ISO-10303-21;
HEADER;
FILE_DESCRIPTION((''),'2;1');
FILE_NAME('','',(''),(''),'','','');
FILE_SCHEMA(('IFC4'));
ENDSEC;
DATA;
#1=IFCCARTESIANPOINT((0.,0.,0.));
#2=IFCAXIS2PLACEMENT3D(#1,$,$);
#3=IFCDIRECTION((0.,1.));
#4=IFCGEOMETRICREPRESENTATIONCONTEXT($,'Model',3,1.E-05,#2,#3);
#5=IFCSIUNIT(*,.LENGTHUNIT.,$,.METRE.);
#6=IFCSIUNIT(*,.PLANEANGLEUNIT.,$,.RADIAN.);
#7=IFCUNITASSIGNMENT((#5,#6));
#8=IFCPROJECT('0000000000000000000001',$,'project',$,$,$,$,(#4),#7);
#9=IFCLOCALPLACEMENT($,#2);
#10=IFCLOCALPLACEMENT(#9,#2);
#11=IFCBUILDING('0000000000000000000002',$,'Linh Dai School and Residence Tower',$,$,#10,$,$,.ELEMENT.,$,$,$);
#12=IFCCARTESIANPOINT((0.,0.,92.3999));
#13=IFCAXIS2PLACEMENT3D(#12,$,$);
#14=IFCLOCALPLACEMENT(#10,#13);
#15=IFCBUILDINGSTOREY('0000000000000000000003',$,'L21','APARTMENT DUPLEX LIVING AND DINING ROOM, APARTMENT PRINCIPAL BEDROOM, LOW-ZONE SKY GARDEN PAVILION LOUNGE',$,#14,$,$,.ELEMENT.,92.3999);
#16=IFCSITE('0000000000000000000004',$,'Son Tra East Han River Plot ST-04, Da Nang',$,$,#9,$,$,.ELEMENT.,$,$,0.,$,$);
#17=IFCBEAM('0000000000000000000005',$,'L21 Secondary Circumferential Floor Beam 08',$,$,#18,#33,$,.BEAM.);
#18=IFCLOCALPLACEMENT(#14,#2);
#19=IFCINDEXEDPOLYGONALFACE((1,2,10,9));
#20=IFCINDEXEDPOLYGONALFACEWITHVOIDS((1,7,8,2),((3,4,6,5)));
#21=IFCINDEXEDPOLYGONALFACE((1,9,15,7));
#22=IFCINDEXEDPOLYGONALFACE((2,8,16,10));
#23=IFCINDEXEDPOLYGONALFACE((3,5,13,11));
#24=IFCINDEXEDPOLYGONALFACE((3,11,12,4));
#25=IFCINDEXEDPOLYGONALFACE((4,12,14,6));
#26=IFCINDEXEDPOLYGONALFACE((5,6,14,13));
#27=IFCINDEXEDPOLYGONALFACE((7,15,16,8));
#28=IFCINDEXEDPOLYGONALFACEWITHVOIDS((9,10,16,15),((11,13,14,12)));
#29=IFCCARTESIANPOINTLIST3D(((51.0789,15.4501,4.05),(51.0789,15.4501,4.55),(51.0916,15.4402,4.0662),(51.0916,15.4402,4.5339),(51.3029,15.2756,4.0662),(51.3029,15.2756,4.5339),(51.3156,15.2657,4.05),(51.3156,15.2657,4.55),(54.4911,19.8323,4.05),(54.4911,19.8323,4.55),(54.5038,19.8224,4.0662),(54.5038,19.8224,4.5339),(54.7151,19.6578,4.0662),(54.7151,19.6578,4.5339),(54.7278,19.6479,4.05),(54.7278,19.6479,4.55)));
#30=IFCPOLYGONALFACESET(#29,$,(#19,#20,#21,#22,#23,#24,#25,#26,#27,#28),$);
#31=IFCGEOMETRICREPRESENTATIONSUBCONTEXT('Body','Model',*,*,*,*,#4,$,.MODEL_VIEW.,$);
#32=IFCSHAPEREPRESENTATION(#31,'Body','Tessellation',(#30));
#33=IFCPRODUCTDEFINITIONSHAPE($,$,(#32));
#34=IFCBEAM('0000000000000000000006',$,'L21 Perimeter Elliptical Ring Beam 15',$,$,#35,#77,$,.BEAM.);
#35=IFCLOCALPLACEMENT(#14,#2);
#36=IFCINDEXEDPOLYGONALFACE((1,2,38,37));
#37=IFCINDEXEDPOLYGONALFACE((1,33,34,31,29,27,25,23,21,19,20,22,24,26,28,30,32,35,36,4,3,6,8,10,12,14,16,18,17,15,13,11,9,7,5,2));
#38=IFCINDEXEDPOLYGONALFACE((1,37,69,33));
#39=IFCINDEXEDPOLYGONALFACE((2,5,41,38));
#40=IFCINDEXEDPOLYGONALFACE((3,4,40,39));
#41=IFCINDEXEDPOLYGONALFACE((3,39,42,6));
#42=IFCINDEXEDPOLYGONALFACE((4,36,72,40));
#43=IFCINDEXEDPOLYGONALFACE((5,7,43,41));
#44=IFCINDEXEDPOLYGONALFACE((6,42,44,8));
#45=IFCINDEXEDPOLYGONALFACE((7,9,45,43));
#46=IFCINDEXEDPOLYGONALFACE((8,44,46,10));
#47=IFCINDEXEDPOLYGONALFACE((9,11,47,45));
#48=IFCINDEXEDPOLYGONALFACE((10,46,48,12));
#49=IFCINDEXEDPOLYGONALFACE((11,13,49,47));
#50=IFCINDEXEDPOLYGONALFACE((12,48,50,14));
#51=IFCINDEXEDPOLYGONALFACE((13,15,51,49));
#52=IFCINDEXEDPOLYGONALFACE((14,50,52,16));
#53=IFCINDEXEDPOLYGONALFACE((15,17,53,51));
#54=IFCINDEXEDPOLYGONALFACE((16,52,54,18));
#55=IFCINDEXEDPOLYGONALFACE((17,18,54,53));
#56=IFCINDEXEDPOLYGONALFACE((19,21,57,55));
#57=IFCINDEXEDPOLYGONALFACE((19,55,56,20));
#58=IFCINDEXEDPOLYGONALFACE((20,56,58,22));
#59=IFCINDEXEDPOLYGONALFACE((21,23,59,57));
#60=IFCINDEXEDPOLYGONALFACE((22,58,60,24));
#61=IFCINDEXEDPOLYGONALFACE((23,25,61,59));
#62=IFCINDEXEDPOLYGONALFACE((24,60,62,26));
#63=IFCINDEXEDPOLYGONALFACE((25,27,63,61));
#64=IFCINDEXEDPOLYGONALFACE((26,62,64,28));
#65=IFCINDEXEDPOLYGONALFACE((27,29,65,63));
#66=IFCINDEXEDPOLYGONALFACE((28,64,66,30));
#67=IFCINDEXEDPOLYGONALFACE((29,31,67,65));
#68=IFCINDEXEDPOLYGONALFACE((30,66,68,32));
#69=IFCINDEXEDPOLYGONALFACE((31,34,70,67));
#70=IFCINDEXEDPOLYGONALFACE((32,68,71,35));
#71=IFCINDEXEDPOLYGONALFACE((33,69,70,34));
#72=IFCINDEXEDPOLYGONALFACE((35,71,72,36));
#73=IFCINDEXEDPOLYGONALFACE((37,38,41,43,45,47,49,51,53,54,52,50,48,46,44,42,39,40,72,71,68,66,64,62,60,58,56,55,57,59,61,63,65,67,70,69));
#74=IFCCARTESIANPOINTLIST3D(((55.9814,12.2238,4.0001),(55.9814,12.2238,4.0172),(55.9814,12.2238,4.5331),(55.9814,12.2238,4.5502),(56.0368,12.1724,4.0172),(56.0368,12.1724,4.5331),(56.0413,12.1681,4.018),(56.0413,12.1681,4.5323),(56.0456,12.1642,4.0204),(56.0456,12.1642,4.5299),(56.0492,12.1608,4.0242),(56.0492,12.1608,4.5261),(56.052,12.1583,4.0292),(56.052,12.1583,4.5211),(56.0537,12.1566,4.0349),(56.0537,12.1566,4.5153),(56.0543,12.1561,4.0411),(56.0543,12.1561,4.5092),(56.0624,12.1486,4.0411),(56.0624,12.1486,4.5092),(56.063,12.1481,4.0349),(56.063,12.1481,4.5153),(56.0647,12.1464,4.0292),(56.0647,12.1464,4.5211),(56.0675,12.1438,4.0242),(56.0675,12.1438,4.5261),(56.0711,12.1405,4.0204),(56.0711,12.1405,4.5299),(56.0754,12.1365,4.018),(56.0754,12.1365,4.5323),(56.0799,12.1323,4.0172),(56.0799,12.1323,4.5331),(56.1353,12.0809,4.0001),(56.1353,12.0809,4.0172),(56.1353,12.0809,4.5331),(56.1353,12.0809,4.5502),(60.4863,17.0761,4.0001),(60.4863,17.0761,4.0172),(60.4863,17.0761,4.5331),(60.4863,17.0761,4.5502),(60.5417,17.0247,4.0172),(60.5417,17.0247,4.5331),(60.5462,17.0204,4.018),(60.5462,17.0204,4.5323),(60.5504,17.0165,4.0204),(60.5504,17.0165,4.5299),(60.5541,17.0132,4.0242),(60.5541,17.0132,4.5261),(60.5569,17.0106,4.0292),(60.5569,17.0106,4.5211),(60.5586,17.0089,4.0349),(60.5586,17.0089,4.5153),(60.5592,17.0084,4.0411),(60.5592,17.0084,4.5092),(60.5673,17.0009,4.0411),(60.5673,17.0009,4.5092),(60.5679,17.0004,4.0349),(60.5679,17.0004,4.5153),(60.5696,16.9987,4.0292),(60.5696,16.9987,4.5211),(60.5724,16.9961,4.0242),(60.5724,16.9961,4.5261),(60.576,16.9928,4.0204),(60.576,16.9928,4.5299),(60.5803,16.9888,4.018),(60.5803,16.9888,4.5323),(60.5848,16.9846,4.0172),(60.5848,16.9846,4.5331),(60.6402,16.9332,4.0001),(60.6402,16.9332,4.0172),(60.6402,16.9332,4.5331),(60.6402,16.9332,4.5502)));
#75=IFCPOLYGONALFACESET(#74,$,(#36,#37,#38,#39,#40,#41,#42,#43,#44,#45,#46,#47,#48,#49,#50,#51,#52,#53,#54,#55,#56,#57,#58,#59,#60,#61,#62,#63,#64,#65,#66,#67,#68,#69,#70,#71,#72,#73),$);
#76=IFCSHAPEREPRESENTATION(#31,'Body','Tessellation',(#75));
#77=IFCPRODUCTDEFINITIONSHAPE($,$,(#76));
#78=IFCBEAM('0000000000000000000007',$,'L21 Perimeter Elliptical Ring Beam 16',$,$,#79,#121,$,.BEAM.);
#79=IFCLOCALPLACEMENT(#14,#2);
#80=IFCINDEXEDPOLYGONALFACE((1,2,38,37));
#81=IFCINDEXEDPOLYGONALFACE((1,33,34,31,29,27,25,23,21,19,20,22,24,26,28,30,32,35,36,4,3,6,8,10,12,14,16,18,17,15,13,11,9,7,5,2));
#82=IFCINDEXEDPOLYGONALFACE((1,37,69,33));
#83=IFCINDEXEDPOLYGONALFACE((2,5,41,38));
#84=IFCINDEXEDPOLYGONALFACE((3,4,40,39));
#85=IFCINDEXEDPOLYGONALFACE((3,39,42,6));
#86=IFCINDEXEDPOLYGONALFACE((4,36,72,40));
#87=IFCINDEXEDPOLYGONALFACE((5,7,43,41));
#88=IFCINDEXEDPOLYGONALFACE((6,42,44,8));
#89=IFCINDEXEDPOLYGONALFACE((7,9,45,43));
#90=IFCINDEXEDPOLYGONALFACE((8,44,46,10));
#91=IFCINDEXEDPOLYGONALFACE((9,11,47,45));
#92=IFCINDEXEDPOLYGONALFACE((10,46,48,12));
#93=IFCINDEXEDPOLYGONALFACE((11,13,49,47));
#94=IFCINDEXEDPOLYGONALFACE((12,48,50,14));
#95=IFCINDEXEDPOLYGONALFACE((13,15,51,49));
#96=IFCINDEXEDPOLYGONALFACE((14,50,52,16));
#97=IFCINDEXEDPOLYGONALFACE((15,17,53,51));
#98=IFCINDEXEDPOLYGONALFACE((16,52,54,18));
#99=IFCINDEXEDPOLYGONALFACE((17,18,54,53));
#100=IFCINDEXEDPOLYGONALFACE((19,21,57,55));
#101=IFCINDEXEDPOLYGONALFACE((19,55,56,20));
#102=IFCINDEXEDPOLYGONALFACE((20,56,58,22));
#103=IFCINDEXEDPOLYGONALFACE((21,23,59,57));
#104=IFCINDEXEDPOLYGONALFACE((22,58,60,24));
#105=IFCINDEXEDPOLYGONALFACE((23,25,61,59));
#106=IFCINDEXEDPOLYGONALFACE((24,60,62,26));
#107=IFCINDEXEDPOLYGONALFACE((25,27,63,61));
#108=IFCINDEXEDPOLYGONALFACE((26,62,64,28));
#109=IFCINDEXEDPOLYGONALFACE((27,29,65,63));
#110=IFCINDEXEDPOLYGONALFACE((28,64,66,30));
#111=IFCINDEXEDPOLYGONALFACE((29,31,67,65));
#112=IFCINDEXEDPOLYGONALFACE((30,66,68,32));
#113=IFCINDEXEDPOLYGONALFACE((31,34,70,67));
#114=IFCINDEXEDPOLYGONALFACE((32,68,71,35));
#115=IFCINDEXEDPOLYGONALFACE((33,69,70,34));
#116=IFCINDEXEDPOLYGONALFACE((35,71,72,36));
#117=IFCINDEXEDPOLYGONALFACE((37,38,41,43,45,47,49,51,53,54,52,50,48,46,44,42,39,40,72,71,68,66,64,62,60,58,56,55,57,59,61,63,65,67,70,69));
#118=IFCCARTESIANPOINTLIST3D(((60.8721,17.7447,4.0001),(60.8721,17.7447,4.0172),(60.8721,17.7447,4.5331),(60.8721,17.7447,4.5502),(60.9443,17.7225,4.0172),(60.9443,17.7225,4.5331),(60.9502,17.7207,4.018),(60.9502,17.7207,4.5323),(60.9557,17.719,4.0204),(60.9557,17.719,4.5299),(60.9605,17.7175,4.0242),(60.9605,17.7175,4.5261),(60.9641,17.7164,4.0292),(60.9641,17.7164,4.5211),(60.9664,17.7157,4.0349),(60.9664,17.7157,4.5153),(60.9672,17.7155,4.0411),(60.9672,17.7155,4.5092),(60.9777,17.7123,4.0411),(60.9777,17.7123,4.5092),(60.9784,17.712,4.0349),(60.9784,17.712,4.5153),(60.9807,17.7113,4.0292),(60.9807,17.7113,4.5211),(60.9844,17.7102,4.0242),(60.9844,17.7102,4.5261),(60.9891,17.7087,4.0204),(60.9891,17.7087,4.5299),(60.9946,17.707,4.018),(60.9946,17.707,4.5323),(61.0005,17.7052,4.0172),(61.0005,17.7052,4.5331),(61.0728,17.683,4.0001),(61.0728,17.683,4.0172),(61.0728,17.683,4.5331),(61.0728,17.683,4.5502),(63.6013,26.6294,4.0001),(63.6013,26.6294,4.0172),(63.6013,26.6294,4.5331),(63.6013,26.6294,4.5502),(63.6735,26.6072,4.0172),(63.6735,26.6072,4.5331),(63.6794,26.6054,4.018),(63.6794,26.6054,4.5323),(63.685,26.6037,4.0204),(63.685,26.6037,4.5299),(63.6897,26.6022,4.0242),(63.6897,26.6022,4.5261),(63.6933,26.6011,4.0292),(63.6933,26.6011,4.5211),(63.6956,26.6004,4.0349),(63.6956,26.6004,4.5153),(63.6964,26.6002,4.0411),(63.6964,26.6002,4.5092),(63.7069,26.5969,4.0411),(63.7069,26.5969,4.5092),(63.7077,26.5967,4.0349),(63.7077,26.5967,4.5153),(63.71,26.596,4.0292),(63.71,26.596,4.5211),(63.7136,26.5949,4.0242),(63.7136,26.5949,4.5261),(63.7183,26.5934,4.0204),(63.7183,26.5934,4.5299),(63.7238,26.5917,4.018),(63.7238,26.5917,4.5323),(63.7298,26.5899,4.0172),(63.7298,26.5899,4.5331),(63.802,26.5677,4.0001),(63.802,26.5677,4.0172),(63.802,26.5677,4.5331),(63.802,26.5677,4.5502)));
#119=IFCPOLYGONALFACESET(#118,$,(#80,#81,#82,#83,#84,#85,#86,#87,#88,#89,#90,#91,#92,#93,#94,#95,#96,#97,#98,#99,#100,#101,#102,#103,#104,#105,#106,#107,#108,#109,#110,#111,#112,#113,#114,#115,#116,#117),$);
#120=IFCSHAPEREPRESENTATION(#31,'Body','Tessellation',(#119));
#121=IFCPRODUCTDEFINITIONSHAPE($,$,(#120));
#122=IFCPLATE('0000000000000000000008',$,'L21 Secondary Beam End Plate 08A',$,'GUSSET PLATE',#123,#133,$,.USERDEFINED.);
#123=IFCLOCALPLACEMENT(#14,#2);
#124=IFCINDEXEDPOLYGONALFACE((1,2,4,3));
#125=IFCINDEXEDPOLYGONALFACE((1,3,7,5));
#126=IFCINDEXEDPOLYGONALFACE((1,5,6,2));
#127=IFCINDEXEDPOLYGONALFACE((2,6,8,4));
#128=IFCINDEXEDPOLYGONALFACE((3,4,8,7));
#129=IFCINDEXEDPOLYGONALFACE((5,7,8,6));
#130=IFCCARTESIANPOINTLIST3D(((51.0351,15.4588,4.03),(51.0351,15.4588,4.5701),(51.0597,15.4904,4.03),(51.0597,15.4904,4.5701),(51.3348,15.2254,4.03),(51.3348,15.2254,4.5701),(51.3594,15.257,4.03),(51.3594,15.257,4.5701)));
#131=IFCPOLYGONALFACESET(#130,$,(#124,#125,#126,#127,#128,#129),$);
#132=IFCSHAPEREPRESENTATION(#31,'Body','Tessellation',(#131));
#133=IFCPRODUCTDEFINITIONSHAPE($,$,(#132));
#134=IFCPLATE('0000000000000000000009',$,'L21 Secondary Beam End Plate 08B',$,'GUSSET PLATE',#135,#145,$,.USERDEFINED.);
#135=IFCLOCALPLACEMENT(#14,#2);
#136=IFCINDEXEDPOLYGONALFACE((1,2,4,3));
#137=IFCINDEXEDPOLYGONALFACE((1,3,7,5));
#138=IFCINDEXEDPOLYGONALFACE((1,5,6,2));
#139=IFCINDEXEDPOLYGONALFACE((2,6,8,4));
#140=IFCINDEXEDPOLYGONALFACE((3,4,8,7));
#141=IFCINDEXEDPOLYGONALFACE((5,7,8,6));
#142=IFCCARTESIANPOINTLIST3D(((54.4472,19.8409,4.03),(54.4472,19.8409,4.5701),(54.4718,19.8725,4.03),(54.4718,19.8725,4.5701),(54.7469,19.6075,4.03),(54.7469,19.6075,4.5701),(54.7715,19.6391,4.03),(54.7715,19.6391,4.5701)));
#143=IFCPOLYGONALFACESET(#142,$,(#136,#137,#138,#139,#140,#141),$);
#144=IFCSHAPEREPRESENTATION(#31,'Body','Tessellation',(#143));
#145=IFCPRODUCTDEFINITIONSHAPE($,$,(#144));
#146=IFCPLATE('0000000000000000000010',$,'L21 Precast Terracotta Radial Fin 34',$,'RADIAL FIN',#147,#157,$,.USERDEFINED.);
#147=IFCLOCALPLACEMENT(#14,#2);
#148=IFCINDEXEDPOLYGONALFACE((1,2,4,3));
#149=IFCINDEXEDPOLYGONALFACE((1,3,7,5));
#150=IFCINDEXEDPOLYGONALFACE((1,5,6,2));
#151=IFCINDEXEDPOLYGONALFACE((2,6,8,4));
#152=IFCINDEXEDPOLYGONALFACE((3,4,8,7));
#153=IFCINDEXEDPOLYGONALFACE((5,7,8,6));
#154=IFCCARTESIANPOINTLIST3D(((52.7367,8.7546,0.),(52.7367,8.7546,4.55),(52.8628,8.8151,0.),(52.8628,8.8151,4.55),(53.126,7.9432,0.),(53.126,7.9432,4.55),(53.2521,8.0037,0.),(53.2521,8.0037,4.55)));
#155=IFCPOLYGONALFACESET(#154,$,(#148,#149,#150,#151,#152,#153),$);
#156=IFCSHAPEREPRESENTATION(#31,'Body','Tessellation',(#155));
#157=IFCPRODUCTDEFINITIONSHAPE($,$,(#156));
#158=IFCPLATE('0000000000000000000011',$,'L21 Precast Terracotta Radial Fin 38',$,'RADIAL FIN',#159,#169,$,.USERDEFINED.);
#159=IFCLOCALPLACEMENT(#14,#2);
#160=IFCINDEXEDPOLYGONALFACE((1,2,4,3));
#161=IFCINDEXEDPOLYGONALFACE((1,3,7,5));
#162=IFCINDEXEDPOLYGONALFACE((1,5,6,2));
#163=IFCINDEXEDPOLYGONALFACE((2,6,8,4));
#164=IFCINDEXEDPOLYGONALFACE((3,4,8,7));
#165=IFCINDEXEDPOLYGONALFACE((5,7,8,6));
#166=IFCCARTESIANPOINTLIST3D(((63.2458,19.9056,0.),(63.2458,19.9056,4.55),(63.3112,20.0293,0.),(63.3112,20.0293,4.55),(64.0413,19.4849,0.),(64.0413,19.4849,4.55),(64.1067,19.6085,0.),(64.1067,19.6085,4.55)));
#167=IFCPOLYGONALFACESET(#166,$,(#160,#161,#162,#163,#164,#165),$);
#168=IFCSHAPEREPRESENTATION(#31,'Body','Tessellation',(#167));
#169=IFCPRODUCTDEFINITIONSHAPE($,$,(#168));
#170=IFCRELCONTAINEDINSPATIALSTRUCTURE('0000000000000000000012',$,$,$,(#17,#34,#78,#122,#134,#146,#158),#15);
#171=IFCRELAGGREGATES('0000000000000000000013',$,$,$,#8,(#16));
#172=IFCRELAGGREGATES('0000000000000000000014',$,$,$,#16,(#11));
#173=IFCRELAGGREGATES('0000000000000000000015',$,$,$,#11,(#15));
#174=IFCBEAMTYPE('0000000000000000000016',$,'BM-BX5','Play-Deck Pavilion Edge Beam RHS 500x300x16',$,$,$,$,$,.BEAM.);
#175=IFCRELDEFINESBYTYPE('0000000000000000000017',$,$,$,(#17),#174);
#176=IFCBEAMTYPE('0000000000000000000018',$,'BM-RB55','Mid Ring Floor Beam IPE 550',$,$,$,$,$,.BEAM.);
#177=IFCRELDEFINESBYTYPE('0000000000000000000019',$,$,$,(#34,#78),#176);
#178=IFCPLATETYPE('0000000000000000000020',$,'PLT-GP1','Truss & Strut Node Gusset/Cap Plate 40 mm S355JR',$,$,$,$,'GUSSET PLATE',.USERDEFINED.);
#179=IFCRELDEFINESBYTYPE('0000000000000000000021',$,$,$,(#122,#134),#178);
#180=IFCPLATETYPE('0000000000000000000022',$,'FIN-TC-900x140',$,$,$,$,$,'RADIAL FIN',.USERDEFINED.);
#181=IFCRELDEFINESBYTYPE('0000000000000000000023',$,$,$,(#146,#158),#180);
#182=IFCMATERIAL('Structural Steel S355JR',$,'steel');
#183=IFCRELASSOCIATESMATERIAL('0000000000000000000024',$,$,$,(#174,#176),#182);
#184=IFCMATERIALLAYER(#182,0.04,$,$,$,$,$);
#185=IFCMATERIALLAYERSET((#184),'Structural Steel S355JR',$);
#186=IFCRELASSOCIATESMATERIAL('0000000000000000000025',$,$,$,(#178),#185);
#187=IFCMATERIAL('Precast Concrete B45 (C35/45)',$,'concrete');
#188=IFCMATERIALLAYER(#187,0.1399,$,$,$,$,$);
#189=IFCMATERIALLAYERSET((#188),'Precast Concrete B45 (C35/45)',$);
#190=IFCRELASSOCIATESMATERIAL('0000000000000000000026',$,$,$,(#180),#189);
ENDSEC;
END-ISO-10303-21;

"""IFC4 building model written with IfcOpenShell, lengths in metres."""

from ifc_helpers import new_model, si_unit, direction, frame, origin, origin_2d, place, context, subcontext, project, spatial, rectangle, hollow_rectangle, i_section, extrude, source, transform, mapped, material, layer, layer_set, material_profile, profile_set, type_object, element, save


model = new_model("IFC4")

# Units and contexts
model_context = context("Model", 3, precision=1e-05, world=origin(), true_north=direction((0.0, 1.0)))
body_context = subcontext(model_context, "Body", "Model", "MODEL_VIEW")
ifc_project = project(units=[si_unit("LENGTHUNIT", "METRE"), si_unit("PLANEANGLEUNIT", "RADIAN")], contexts=[model_context])

# Site, building, storey
site_placement = place(None, origin())
site = spatial("IfcSite", under=ifc_project, at=site_placement, Name="Son Tra East Han River Plot ST-04, Da Nang", CompositionType="ELEMENT", RefElevation=0.0)
building_placement = place(site_placement, origin())
building = spatial("IfcBuilding", under=site, at=building_placement, Name="Linh Dai School and Residence Tower", CompositionType="ELEMENT")
storey_placement = place(building_placement, frame((0.0, 0.0, 92.3999)))
storey = spatial("IfcBuildingStorey", under=building, at=storey_placement, Name="L21", Description="APARTMENT DUPLEX LIVING AND DINING ROOM, APARTMENT PRINCIPAL BEDROOM, LOW-ZONE SKY GARDEN PAVILION LOUNGE", CompositionType="ELEMENT", Elevation=92.3999)

# Shared definitions
ifc_material_1 = material(Name="Structural Steel S355JR", Category="steel")

# Beams
ifc_material_profile_1 = material_profile(ifc_material_1, hollow_rectangle(XDim=0.3, YDim=0.5, WallThickness=0.0161, at=origin_2d()), Name="RHS 500x300x16")
ifc_profile_set_1 = profile_set([ifc_material_profile_1], Name="Structural Steel S355JR")
beam_type_1 = type_object("IfcBeamType", Name="BM-BX5", Description="Play-Deck Pavilion Edge Beam RHS 500x300x16", PredefinedType="BEAM", material=ifc_profile_set_1)
beam_1_placement = place(storey_placement, frame((51.1973, 15.3579, 4.3), z_axis=(0.61437, 0.789018, 0.0), x_axis=(-0.789018, 0.61437, 0.0)))
element("IfcBeam", 1, at=beam_1_placement, inside=storey, type_object=beam_type_1, Name="L21 Secondary Circumferential Floor Beam 08", PredefinedType="BEAM", context=body_context, shape_type="SweptSolid", body=[
    extrude(hollow_rectangle(XDim=0.3, YDim=0.5, WallThickness=0.0161, at=origin_2d()), origin(), (0.0, 0.0, 1.0), 5.554),
])
ifc_material_profile_2 = material_profile(ifc_material_1, i_section(OverallWidth=0.21, OverallDepth=0.55, WebThickness=0.011, FlangeThickness=0.0171, FilletRadius=0.0239, at=origin_2d()), Name="IPE 550")
ifc_profile_set_2 = profile_set([ifc_material_profile_2], Name="Structural Steel S355JR")
beam_type_2 = type_object("IfcBeamType", Name="BM-RB55", Description="Mid Ring Floor Beam IPE 550", PredefinedType="BEAM", material=ifc_profile_set_2)
beam_2_placement = place(storey_placement, frame((56.0583, 12.1523, 4.2751), z_axis=(0.680385, 0.732855, 0.0), x_axis=(-0.732855, 0.680385, 0.0)))
element("IfcBeam", 2, at=beam_2_placement, inside=storey, type_object=beam_type_2, Name="L21 Perimeter Elliptical Ring Beam 15", PredefinedType="BEAM", context=body_context, shape_type="SweptSolid", body=[
    extrude(i_section(OverallWidth=0.21, OverallDepth=0.55, WebThickness=0.011, FlangeThickness=0.0171, FilletRadius=0.0239, at=origin_2d()), origin(), (0.0, 0.0, 1.0), 6.6211),
])
beam_3_placement = place(storey_placement, frame((60.9724, 17.7139, 4.2751), z_axis=(0.293641, 0.955916, 0.0), x_axis=(-0.955916, 0.293641, 0.0)))
element("IfcBeam", 3, at=beam_3_placement, inside=storey, type_object=beam_type_2, Name="L21 Perimeter Elliptical Ring Beam 16", PredefinedType="BEAM", context=body_context, shape_type="SweptSolid", body=[
    extrude(i_section(OverallWidth=0.21, OverallDepth=0.55, WebThickness=0.011, FlangeThickness=0.0171, FilletRadius=0.0239, at=origin_2d()), origin(), (0.0, 0.0, 1.0), 9.2944),
])

# Plates
ifc_layer_1 = layer(ifc_material_1, 0.04)
ifc_layer_set_1 = layer_set([ifc_layer_1], Name="Structural Steel S355JR")
plate_type_1 = type_object("IfcPlateType", Name="PLT-GP1", Description="Truss & Strut Node Gusset/Cap Plate 40 mm S355JR", ElementType="GUSSET PLATE", PredefinedType="USERDEFINED", material=ifc_layer_set_1)
shared_shape_1 = source(origin(), body_context, "Body", "SweptSolid", [
    extrude(rectangle(XDim=0.04, YDim=0.3799, at=origin_2d()), origin(), (0.0, 0.0, 1.0), 0.54),
])
for number, where, z_axis, x_axis, name in (
    (4, (51.1973, 15.3579, 4.03), (0.0, 0.0, 1.0), (0.614363, 0.789024, 0.0), "L21 Secondary Beam End Plate 08A"),
    (5, (54.6094, 19.74, 4.03), (0.0, 0.0, 1.0), (0.614363, 0.789024, 0.0), "L21 Secondary Beam End Plate 08B"),
):
    element("IfcPlate", number, at=place(storey_placement, frame(where, z_axis=z_axis, x_axis=x_axis)), inside=storey, type_object=plate_type_1, Name=name, ObjectType="GUSSET PLATE", PredefinedType="USERDEFINED", context=body_context, shape_type="MappedRepresentation", body=[
        mapped(shared_shape_1, transform((0.0, 0.0, 0.0), x_axis=(1.0, 0.0, 0.0), y_axis=(0.0, 1.0, 0.0), z_axis=(0.0, 0.0, 1.0), scale=1.0)),
    ])
ifc_material_2 = material(Name="Precast Concrete B45 (C35/45)", Category="concrete")
ifc_layer_2 = layer(ifc_material_2, 0.1399)
ifc_layer_set_2 = layer_set([ifc_layer_2], Name="Precast Concrete B45 (C35/45)")
plate_type_2 = type_object("IfcPlateType", Name="FIN-TC-900x140", ElementType="RADIAL FIN", PredefinedType="USERDEFINED", material=ifc_layer_set_2)
shared_shape_2 = source(origin(), body_context, "Body", "SweptSolid", [
    extrude(rectangle(XDim=0.8999, YDim=0.1399, at=origin_2d()), origin(), (0.0, 0.0, 1.0), 4.55),
])
for number, where, z_axis, x_axis, name in (
    (6, (52.9944, 8.3792, 0.0), (0.0, 0.0, 1.0), (0.432618, -0.901578, 0.0), "L21 Precast Terracotta Radial Fin 34"),
    (7, (63.6763, 19.7571, 0.0), (0.0, 0.0, 1.0), (0.883942, -0.467596, 0.0), "L21 Precast Terracotta Radial Fin 38"),
):
    element("IfcPlate", number, at=place(storey_placement, frame(where, z_axis=z_axis, x_axis=x_axis)), inside=storey, type_object=plate_type_2, Name=name, ObjectType="RADIAL FIN", PredefinedType="USERDEFINED", context=body_context, shape_type="MappedRepresentation", body=[
        mapped(shared_shape_2, transform((0.0, 0.0, 0.0), x_axis=(1.0, 0.0, 0.0), y_axis=(0.0, 1.0, 0.0), z_axis=(0.0, 0.0, 1.0), scale=1.0)),
    ])

save(model, "model.ifc")
